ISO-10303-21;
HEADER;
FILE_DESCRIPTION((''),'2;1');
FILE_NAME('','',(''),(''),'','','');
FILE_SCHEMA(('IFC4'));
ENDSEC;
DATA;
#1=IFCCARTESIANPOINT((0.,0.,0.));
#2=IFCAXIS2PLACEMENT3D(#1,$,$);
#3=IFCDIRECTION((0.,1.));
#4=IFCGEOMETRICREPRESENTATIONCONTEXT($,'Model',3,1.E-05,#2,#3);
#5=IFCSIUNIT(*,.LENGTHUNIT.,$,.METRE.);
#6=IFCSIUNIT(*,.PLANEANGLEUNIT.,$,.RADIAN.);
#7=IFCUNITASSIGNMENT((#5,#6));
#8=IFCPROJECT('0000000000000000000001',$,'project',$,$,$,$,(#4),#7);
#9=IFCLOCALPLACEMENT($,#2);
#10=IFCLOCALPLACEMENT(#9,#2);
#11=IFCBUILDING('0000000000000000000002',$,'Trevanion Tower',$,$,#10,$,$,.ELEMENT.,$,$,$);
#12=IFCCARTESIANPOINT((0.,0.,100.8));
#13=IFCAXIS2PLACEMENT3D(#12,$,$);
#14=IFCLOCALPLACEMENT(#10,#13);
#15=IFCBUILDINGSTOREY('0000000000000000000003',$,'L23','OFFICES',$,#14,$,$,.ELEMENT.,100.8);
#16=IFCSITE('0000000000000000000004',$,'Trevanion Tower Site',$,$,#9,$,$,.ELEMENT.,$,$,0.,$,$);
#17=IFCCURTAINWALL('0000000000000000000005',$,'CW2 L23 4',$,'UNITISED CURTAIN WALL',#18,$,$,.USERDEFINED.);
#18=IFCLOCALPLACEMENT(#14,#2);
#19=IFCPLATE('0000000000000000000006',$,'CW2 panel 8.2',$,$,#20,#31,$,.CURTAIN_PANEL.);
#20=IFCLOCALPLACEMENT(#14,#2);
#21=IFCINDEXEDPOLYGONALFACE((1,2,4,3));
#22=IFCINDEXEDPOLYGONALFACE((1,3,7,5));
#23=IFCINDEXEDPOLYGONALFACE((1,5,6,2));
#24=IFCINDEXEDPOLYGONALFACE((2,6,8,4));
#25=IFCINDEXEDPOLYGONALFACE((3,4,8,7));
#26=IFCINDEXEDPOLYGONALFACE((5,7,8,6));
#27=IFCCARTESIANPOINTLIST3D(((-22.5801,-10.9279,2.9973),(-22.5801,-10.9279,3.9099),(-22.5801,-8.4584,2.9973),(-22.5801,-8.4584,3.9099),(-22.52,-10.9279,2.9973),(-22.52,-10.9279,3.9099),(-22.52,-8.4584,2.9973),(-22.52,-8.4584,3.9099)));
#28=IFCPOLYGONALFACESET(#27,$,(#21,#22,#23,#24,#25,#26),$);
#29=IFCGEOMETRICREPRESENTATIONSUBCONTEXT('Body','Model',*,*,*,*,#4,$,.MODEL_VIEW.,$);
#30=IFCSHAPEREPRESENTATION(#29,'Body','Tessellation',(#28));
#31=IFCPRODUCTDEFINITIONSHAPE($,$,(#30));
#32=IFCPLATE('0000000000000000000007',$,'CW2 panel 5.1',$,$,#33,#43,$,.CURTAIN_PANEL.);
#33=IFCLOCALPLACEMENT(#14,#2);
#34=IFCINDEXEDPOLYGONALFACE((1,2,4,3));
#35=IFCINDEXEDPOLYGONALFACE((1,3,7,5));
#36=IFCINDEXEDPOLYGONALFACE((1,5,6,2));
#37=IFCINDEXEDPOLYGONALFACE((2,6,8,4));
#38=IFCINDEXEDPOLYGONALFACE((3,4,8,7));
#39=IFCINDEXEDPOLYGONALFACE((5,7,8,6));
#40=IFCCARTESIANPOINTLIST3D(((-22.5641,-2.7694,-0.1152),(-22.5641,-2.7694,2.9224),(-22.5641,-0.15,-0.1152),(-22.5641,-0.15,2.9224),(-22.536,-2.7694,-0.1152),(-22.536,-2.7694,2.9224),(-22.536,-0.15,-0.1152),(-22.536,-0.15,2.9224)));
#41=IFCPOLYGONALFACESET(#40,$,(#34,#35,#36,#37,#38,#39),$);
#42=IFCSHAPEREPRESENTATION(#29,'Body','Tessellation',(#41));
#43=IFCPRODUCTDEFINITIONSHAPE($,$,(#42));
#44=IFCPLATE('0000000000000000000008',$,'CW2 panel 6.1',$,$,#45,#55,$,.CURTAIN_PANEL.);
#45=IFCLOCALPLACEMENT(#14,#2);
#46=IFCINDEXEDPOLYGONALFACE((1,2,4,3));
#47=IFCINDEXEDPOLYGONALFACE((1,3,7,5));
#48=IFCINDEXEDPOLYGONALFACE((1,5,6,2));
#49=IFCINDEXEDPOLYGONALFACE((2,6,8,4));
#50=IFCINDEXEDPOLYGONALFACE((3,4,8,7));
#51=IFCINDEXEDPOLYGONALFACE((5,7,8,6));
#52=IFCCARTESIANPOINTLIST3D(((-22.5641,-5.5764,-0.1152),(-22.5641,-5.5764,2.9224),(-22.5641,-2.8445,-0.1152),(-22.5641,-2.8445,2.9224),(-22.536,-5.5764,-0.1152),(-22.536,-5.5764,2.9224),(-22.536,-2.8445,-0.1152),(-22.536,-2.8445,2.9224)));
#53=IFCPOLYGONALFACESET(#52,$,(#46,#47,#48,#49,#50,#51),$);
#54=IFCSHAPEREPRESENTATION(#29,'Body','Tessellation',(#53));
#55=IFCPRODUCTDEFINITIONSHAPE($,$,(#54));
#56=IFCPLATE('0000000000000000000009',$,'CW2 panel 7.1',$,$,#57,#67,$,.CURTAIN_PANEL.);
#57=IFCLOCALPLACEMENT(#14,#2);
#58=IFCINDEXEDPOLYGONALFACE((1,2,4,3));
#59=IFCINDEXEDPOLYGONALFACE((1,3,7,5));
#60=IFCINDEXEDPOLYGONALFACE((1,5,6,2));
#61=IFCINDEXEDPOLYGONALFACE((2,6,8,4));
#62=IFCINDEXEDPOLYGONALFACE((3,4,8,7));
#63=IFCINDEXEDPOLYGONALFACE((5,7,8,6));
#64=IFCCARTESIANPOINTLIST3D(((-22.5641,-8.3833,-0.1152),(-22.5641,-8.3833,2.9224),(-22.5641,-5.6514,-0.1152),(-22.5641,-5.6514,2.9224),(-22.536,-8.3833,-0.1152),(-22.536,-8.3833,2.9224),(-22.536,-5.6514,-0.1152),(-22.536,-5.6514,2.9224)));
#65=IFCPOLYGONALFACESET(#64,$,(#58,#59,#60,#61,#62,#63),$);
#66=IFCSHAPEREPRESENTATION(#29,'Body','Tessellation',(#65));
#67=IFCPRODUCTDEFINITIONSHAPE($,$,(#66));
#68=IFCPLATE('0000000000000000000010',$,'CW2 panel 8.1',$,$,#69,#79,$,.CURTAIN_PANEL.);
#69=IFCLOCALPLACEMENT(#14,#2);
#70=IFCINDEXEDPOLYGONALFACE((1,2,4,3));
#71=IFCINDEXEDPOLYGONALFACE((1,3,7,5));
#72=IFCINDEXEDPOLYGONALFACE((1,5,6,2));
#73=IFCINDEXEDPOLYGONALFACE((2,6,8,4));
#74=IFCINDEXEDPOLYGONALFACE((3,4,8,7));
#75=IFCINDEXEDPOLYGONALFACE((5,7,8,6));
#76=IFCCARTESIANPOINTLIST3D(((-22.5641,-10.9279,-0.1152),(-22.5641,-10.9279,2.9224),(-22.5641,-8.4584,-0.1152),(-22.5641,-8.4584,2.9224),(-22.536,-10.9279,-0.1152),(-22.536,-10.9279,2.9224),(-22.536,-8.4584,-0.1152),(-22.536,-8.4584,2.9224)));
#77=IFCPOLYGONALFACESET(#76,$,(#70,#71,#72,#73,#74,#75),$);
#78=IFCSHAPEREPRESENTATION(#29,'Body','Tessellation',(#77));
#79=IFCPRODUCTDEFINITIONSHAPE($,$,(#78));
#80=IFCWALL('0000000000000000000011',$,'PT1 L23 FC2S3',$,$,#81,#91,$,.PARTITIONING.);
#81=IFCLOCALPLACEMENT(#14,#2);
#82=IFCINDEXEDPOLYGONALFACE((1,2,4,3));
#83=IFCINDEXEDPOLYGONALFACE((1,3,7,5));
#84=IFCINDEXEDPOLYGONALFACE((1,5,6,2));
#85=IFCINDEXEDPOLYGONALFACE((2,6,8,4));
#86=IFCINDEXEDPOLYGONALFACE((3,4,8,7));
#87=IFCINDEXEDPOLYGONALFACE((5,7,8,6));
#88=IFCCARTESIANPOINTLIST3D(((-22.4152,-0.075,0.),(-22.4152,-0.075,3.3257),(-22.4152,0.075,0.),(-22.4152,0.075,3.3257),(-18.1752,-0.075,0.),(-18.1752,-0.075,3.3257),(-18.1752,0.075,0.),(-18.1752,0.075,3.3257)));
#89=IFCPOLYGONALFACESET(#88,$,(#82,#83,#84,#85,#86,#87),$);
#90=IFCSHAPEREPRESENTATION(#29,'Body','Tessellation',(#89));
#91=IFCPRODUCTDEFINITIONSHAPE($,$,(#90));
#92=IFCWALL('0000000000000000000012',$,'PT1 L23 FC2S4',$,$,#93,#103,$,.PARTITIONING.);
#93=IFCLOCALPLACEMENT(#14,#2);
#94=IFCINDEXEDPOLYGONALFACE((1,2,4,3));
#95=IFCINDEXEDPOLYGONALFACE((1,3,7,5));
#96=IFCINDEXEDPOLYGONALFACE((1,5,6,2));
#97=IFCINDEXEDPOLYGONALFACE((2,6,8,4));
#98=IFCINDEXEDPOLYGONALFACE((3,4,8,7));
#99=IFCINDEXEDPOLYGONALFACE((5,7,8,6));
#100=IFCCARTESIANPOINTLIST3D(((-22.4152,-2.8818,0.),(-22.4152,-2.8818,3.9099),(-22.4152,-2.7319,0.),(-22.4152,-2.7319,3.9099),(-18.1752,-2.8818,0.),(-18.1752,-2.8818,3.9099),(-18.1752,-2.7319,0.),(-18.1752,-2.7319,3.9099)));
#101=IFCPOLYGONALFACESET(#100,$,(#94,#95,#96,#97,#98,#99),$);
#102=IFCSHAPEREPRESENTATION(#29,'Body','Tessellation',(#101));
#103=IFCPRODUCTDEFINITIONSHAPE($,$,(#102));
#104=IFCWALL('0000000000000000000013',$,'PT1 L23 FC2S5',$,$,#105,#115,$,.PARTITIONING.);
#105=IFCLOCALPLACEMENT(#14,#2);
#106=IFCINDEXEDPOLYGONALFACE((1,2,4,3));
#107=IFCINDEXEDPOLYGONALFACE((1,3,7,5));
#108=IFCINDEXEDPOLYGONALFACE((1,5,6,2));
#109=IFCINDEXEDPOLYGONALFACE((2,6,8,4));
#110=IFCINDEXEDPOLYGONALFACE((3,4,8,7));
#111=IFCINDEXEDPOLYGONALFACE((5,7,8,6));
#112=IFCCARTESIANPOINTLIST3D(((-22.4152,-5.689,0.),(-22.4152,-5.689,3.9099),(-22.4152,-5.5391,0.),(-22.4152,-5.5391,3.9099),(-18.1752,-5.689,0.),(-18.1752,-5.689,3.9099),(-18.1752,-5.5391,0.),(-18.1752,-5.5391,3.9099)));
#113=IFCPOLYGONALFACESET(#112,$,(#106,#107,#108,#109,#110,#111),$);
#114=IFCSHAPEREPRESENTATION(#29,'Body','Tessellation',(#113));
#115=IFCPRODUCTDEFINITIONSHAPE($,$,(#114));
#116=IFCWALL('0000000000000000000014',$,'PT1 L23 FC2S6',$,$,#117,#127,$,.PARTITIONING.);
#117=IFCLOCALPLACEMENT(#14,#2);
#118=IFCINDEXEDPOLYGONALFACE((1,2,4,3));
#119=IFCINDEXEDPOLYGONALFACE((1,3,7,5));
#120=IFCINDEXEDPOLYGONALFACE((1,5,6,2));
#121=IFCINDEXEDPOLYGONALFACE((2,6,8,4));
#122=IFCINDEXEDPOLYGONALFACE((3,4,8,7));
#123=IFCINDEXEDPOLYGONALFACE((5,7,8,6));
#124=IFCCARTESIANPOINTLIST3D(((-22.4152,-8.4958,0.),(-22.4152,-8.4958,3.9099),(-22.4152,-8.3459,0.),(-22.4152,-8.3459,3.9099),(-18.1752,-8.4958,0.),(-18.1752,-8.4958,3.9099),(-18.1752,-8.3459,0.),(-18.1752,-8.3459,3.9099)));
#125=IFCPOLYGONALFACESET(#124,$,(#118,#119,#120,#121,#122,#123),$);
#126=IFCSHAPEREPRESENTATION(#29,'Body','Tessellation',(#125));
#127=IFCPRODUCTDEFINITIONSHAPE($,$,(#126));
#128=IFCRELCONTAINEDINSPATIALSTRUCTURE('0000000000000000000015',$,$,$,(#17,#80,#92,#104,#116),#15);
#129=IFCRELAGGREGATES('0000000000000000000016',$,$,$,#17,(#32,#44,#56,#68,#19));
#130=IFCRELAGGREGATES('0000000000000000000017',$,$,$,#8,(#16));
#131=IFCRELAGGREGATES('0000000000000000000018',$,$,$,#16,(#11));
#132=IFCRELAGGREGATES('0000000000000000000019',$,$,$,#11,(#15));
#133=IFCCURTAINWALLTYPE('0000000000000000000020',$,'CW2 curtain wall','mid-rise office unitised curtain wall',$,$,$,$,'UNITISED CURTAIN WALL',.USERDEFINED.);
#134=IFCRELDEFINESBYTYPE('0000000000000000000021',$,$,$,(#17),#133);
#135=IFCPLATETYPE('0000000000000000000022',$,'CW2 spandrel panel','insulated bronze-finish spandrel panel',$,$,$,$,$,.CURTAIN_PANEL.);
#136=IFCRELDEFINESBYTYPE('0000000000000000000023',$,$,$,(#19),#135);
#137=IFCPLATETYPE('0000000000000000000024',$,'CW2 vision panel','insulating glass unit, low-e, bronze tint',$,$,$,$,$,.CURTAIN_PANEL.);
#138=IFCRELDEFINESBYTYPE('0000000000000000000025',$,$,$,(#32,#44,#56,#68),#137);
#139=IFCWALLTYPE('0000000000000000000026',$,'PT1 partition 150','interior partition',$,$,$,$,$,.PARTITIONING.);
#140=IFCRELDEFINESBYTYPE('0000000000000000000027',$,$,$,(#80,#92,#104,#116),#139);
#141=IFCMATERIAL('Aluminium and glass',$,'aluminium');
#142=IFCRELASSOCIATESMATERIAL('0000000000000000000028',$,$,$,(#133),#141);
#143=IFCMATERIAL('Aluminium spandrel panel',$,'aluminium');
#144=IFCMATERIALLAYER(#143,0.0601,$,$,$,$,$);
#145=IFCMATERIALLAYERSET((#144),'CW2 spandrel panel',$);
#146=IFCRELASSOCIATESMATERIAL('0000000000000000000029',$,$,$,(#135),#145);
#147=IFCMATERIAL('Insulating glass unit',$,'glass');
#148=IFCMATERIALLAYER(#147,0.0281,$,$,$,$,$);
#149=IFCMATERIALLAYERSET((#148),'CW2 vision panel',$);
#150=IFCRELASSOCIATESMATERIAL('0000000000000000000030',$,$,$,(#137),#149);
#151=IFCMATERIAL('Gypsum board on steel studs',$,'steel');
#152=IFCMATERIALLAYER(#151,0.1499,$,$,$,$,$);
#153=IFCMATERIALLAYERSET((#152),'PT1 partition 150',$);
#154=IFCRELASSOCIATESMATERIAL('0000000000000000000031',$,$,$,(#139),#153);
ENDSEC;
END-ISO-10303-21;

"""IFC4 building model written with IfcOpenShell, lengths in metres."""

from ifc_helpers import new_model, si_unit, direction, frame, frame_2d, origin, origin_2d, place, context, subcontext, project, spatial, rectangle, extrude, material, layer, layer_set, type_object, element, aggregate, save


model = new_model("IFC4")

# Units and contexts
model_context = context("Model", 3, precision=1e-05, world=origin(), true_north=direction((0.0, 1.0)))
body_context = subcontext(model_context, "Body", "Model", "MODEL_VIEW")
ifc_project = project(units=[si_unit("LENGTHUNIT", "METRE"), si_unit("PLANEANGLEUNIT", "RADIAN")], contexts=[model_context])

# Site, building, storey
site_placement = place(None, origin())
site = spatial("IfcSite", under=ifc_project, at=site_placement, Name="Trevanion Tower Site", CompositionType="ELEMENT", RefElevation=0.0)
building_placement = place(site_placement, origin())
building = spatial("IfcBuilding", under=site, at=building_placement, Name="Trevanion Tower", CompositionType="ELEMENT")
storey_placement = place(building_placement, frame((0.0, 0.0, 100.8)))
storey = spatial("IfcBuildingStorey", under=building, at=storey_placement, Name="L23", Description="OFFICES", CompositionType="ELEMENT", Elevation=100.8)

# Curtain wall
ifc_material_1 = material(Name="Aluminium and glass", Category="aluminium")
curtain_wall_type = type_object("IfcCurtainWallType", Name="CW2 curtain wall", Description="mid-rise office unitised curtain wall", ElementType="UNITISED CURTAIN WALL", PredefinedType="USERDEFINED", material=ifc_material_1)
curtain_wall_placement = place(storey_placement, origin())
curtain_wall = element("IfcCurtainWall", 1, at=curtain_wall_placement, inside=storey, type_object=curtain_wall_type, Name="CW2 L23 4", ObjectType="UNITISED CURTAIN WALL", PredefinedType="USERDEFINED")

# Plates
ifc_material_2 = material(Name="Aluminium spandrel panel", Category="aluminium")
ifc_layer_1 = layer(ifc_material_2, 0.0601)
ifc_layer_set_1 = layer_set([ifc_layer_1], Name="CW2 spandrel panel")
plate_type_1 = type_object("IfcPlateType", Name="CW2 spandrel panel", Description="insulated bronze-finish spandrel panel", PredefinedType="CURTAIN_PANEL", material=ifc_layer_set_1)
plate_1_placement = place(storey_placement, frame((-22.55, -9.6931, 2.9973), z_axis=(0.0, 0.0, 1.0), x_axis=(0.0, -1.0, 0.0)))
plate_1 = element("IfcPlate", 2, at=plate_1_placement, type_object=plate_type_1, Name="CW2 panel 8.2", PredefinedType="CURTAIN_PANEL", context=body_context, shape_type="SweptSolid", body=[
    extrude(rectangle(XDim=2.4695, YDim=0.0601, at=origin_2d()), origin(), (0.0, 0.0, 1.0), 0.9126),
])
ifc_material_3 = material(Name="Insulating glass unit", Category="glass")
ifc_layer_2 = layer(ifc_material_3, 0.0281)
ifc_layer_set_2 = layer_set([ifc_layer_2], Name="CW2 vision panel")
plate_type_2 = type_object("IfcPlateType", Name="CW2 vision panel", Description="insulating glass unit, low-e, bronze tint", PredefinedType="CURTAIN_PANEL", material=ifc_layer_set_2)
plate_2_placement = place(storey_placement, frame((-22.55, -1.4597, -0.1152), z_axis=(0.0, 0.0, 1.0), x_axis=(0.0, -1.0, 0.0)))
plate_2 = element("IfcPlate", 3, at=plate_2_placement, type_object=plate_type_2, Name="CW2 panel 5.1", PredefinedType="CURTAIN_PANEL", context=body_context, shape_type="SweptSolid", body=[
    extrude(rectangle(XDim=2.6194, YDim=0.0281, at=origin_2d()), origin(), (0.0, 0.0, 1.0), 3.0376),
])
plate_3_placement = place(storey_placement, frame((-22.55, -4.2104, -0.1152), z_axis=(0.0, 0.0, 1.0), x_axis=(0.0, -1.0, 0.0)))
plate_3 = element("IfcPlate", 4, at=plate_3_placement, type_object=plate_type_2, Name="CW2 panel 6.1", PredefinedType="CURTAIN_PANEL", context=body_context, shape_type="SweptSolid", body=[
    extrude(rectangle(XDim=2.7319, YDim=0.0281, at=origin_2d()), origin(), (0.0, 0.0, 1.0), 3.0376),
])
plate_4_placement = place(storey_placement, frame((-22.55, -7.0173, -0.1152), z_axis=(0.0, 0.0, 1.0), x_axis=(0.0, -1.0, 0.0)))
plate_4 = element("IfcPlate", 5, at=plate_4_placement, type_object=plate_type_2, Name="CW2 panel 7.1", PredefinedType="CURTAIN_PANEL", context=body_context, shape_type="SweptSolid", body=[
    extrude(rectangle(XDim=2.7319, YDim=0.0281, at=origin_2d()), origin(), (0.0, 0.0, 1.0), 3.0376),
])
plate_5_placement = place(storey_placement, frame((-22.55, -9.6931, -0.1152), z_axis=(0.0, 0.0, 1.0), x_axis=(0.0, -1.0, 0.0)))
plate_5 = element("IfcPlate", 6, at=plate_5_placement, type_object=plate_type_2, Name="CW2 panel 8.1", PredefinedType="CURTAIN_PANEL", context=body_context, shape_type="SweptSolid", body=[
    extrude(rectangle(XDim=2.4695, YDim=0.0281, at=origin_2d()), origin(), (0.0, 0.0, 1.0), 3.0376),
])
aggregate(curtain_wall, [plate_2, plate_3, plate_4, plate_5, plate_1])

# Walls
ifc_material_4 = material(Name="Gypsum board on steel studs", Category="steel")
ifc_layer_3 = layer(ifc_material_4, 0.1499)
ifc_layer_set_3 = layer_set([ifc_layer_3], Name="PT1 partition 150")
wall_type = type_object("IfcWallType", Name="PT1 partition 150", Description="interior partition", PredefinedType="PARTITIONING", material=ifc_layer_set_3)
wall_placement = place(storey_placement, frame((-18.175, 0.0, 0.0), z_axis=(0.0, 0.0, 1.0), x_axis=(-1.0, 0.0, 0.0)))
element("IfcWall", 7, at=wall_placement, inside=storey, type_object=wall_type, Name="PT1 L23 FC2S3", PredefinedType="PARTITIONING", context=body_context, shape_type="SweptSolid", body=[
    extrude(rectangle(XDim=4.24, YDim=0.1499, at=frame_2d((2.1201, 0.0))), origin(), (0.0, 0.0, 1.0), 3.3257),
])
for number, where, z_axis, x_axis, name in (
    (8, (-18.175, -2.8069, 0.0), (0.0, 0.0, 1.0), (-1.0, 0.0, 0.0), "PT1 L23 FC2S4"),
    (9, (-18.175, -5.614, 0.0), (0.0, 0.0, 1.0), (-1.0, 0.0, 0.0), "PT1 L23 FC2S5"),
    (10, (-18.175, -8.4209, 0.0), (0.0, 0.0, 1.0), (-1.0, 0.0, 0.0), "PT1 L23 FC2S6"),
):
    element("IfcWall", number, at=place(storey_placement, frame(where, z_axis=z_axis, x_axis=x_axis)), inside=storey, type_object=wall_type, Name=name, PredefinedType="PARTITIONING", context=body_context, shape_type="SweptSolid", body=[
        extrude(rectangle(XDim=4.24, YDim=0.1499, at=frame_2d((2.1201, 0.0))), origin(), (0.0, 0.0, 1.0), 3.9099),
    ])

save(model, "model.ifc")
